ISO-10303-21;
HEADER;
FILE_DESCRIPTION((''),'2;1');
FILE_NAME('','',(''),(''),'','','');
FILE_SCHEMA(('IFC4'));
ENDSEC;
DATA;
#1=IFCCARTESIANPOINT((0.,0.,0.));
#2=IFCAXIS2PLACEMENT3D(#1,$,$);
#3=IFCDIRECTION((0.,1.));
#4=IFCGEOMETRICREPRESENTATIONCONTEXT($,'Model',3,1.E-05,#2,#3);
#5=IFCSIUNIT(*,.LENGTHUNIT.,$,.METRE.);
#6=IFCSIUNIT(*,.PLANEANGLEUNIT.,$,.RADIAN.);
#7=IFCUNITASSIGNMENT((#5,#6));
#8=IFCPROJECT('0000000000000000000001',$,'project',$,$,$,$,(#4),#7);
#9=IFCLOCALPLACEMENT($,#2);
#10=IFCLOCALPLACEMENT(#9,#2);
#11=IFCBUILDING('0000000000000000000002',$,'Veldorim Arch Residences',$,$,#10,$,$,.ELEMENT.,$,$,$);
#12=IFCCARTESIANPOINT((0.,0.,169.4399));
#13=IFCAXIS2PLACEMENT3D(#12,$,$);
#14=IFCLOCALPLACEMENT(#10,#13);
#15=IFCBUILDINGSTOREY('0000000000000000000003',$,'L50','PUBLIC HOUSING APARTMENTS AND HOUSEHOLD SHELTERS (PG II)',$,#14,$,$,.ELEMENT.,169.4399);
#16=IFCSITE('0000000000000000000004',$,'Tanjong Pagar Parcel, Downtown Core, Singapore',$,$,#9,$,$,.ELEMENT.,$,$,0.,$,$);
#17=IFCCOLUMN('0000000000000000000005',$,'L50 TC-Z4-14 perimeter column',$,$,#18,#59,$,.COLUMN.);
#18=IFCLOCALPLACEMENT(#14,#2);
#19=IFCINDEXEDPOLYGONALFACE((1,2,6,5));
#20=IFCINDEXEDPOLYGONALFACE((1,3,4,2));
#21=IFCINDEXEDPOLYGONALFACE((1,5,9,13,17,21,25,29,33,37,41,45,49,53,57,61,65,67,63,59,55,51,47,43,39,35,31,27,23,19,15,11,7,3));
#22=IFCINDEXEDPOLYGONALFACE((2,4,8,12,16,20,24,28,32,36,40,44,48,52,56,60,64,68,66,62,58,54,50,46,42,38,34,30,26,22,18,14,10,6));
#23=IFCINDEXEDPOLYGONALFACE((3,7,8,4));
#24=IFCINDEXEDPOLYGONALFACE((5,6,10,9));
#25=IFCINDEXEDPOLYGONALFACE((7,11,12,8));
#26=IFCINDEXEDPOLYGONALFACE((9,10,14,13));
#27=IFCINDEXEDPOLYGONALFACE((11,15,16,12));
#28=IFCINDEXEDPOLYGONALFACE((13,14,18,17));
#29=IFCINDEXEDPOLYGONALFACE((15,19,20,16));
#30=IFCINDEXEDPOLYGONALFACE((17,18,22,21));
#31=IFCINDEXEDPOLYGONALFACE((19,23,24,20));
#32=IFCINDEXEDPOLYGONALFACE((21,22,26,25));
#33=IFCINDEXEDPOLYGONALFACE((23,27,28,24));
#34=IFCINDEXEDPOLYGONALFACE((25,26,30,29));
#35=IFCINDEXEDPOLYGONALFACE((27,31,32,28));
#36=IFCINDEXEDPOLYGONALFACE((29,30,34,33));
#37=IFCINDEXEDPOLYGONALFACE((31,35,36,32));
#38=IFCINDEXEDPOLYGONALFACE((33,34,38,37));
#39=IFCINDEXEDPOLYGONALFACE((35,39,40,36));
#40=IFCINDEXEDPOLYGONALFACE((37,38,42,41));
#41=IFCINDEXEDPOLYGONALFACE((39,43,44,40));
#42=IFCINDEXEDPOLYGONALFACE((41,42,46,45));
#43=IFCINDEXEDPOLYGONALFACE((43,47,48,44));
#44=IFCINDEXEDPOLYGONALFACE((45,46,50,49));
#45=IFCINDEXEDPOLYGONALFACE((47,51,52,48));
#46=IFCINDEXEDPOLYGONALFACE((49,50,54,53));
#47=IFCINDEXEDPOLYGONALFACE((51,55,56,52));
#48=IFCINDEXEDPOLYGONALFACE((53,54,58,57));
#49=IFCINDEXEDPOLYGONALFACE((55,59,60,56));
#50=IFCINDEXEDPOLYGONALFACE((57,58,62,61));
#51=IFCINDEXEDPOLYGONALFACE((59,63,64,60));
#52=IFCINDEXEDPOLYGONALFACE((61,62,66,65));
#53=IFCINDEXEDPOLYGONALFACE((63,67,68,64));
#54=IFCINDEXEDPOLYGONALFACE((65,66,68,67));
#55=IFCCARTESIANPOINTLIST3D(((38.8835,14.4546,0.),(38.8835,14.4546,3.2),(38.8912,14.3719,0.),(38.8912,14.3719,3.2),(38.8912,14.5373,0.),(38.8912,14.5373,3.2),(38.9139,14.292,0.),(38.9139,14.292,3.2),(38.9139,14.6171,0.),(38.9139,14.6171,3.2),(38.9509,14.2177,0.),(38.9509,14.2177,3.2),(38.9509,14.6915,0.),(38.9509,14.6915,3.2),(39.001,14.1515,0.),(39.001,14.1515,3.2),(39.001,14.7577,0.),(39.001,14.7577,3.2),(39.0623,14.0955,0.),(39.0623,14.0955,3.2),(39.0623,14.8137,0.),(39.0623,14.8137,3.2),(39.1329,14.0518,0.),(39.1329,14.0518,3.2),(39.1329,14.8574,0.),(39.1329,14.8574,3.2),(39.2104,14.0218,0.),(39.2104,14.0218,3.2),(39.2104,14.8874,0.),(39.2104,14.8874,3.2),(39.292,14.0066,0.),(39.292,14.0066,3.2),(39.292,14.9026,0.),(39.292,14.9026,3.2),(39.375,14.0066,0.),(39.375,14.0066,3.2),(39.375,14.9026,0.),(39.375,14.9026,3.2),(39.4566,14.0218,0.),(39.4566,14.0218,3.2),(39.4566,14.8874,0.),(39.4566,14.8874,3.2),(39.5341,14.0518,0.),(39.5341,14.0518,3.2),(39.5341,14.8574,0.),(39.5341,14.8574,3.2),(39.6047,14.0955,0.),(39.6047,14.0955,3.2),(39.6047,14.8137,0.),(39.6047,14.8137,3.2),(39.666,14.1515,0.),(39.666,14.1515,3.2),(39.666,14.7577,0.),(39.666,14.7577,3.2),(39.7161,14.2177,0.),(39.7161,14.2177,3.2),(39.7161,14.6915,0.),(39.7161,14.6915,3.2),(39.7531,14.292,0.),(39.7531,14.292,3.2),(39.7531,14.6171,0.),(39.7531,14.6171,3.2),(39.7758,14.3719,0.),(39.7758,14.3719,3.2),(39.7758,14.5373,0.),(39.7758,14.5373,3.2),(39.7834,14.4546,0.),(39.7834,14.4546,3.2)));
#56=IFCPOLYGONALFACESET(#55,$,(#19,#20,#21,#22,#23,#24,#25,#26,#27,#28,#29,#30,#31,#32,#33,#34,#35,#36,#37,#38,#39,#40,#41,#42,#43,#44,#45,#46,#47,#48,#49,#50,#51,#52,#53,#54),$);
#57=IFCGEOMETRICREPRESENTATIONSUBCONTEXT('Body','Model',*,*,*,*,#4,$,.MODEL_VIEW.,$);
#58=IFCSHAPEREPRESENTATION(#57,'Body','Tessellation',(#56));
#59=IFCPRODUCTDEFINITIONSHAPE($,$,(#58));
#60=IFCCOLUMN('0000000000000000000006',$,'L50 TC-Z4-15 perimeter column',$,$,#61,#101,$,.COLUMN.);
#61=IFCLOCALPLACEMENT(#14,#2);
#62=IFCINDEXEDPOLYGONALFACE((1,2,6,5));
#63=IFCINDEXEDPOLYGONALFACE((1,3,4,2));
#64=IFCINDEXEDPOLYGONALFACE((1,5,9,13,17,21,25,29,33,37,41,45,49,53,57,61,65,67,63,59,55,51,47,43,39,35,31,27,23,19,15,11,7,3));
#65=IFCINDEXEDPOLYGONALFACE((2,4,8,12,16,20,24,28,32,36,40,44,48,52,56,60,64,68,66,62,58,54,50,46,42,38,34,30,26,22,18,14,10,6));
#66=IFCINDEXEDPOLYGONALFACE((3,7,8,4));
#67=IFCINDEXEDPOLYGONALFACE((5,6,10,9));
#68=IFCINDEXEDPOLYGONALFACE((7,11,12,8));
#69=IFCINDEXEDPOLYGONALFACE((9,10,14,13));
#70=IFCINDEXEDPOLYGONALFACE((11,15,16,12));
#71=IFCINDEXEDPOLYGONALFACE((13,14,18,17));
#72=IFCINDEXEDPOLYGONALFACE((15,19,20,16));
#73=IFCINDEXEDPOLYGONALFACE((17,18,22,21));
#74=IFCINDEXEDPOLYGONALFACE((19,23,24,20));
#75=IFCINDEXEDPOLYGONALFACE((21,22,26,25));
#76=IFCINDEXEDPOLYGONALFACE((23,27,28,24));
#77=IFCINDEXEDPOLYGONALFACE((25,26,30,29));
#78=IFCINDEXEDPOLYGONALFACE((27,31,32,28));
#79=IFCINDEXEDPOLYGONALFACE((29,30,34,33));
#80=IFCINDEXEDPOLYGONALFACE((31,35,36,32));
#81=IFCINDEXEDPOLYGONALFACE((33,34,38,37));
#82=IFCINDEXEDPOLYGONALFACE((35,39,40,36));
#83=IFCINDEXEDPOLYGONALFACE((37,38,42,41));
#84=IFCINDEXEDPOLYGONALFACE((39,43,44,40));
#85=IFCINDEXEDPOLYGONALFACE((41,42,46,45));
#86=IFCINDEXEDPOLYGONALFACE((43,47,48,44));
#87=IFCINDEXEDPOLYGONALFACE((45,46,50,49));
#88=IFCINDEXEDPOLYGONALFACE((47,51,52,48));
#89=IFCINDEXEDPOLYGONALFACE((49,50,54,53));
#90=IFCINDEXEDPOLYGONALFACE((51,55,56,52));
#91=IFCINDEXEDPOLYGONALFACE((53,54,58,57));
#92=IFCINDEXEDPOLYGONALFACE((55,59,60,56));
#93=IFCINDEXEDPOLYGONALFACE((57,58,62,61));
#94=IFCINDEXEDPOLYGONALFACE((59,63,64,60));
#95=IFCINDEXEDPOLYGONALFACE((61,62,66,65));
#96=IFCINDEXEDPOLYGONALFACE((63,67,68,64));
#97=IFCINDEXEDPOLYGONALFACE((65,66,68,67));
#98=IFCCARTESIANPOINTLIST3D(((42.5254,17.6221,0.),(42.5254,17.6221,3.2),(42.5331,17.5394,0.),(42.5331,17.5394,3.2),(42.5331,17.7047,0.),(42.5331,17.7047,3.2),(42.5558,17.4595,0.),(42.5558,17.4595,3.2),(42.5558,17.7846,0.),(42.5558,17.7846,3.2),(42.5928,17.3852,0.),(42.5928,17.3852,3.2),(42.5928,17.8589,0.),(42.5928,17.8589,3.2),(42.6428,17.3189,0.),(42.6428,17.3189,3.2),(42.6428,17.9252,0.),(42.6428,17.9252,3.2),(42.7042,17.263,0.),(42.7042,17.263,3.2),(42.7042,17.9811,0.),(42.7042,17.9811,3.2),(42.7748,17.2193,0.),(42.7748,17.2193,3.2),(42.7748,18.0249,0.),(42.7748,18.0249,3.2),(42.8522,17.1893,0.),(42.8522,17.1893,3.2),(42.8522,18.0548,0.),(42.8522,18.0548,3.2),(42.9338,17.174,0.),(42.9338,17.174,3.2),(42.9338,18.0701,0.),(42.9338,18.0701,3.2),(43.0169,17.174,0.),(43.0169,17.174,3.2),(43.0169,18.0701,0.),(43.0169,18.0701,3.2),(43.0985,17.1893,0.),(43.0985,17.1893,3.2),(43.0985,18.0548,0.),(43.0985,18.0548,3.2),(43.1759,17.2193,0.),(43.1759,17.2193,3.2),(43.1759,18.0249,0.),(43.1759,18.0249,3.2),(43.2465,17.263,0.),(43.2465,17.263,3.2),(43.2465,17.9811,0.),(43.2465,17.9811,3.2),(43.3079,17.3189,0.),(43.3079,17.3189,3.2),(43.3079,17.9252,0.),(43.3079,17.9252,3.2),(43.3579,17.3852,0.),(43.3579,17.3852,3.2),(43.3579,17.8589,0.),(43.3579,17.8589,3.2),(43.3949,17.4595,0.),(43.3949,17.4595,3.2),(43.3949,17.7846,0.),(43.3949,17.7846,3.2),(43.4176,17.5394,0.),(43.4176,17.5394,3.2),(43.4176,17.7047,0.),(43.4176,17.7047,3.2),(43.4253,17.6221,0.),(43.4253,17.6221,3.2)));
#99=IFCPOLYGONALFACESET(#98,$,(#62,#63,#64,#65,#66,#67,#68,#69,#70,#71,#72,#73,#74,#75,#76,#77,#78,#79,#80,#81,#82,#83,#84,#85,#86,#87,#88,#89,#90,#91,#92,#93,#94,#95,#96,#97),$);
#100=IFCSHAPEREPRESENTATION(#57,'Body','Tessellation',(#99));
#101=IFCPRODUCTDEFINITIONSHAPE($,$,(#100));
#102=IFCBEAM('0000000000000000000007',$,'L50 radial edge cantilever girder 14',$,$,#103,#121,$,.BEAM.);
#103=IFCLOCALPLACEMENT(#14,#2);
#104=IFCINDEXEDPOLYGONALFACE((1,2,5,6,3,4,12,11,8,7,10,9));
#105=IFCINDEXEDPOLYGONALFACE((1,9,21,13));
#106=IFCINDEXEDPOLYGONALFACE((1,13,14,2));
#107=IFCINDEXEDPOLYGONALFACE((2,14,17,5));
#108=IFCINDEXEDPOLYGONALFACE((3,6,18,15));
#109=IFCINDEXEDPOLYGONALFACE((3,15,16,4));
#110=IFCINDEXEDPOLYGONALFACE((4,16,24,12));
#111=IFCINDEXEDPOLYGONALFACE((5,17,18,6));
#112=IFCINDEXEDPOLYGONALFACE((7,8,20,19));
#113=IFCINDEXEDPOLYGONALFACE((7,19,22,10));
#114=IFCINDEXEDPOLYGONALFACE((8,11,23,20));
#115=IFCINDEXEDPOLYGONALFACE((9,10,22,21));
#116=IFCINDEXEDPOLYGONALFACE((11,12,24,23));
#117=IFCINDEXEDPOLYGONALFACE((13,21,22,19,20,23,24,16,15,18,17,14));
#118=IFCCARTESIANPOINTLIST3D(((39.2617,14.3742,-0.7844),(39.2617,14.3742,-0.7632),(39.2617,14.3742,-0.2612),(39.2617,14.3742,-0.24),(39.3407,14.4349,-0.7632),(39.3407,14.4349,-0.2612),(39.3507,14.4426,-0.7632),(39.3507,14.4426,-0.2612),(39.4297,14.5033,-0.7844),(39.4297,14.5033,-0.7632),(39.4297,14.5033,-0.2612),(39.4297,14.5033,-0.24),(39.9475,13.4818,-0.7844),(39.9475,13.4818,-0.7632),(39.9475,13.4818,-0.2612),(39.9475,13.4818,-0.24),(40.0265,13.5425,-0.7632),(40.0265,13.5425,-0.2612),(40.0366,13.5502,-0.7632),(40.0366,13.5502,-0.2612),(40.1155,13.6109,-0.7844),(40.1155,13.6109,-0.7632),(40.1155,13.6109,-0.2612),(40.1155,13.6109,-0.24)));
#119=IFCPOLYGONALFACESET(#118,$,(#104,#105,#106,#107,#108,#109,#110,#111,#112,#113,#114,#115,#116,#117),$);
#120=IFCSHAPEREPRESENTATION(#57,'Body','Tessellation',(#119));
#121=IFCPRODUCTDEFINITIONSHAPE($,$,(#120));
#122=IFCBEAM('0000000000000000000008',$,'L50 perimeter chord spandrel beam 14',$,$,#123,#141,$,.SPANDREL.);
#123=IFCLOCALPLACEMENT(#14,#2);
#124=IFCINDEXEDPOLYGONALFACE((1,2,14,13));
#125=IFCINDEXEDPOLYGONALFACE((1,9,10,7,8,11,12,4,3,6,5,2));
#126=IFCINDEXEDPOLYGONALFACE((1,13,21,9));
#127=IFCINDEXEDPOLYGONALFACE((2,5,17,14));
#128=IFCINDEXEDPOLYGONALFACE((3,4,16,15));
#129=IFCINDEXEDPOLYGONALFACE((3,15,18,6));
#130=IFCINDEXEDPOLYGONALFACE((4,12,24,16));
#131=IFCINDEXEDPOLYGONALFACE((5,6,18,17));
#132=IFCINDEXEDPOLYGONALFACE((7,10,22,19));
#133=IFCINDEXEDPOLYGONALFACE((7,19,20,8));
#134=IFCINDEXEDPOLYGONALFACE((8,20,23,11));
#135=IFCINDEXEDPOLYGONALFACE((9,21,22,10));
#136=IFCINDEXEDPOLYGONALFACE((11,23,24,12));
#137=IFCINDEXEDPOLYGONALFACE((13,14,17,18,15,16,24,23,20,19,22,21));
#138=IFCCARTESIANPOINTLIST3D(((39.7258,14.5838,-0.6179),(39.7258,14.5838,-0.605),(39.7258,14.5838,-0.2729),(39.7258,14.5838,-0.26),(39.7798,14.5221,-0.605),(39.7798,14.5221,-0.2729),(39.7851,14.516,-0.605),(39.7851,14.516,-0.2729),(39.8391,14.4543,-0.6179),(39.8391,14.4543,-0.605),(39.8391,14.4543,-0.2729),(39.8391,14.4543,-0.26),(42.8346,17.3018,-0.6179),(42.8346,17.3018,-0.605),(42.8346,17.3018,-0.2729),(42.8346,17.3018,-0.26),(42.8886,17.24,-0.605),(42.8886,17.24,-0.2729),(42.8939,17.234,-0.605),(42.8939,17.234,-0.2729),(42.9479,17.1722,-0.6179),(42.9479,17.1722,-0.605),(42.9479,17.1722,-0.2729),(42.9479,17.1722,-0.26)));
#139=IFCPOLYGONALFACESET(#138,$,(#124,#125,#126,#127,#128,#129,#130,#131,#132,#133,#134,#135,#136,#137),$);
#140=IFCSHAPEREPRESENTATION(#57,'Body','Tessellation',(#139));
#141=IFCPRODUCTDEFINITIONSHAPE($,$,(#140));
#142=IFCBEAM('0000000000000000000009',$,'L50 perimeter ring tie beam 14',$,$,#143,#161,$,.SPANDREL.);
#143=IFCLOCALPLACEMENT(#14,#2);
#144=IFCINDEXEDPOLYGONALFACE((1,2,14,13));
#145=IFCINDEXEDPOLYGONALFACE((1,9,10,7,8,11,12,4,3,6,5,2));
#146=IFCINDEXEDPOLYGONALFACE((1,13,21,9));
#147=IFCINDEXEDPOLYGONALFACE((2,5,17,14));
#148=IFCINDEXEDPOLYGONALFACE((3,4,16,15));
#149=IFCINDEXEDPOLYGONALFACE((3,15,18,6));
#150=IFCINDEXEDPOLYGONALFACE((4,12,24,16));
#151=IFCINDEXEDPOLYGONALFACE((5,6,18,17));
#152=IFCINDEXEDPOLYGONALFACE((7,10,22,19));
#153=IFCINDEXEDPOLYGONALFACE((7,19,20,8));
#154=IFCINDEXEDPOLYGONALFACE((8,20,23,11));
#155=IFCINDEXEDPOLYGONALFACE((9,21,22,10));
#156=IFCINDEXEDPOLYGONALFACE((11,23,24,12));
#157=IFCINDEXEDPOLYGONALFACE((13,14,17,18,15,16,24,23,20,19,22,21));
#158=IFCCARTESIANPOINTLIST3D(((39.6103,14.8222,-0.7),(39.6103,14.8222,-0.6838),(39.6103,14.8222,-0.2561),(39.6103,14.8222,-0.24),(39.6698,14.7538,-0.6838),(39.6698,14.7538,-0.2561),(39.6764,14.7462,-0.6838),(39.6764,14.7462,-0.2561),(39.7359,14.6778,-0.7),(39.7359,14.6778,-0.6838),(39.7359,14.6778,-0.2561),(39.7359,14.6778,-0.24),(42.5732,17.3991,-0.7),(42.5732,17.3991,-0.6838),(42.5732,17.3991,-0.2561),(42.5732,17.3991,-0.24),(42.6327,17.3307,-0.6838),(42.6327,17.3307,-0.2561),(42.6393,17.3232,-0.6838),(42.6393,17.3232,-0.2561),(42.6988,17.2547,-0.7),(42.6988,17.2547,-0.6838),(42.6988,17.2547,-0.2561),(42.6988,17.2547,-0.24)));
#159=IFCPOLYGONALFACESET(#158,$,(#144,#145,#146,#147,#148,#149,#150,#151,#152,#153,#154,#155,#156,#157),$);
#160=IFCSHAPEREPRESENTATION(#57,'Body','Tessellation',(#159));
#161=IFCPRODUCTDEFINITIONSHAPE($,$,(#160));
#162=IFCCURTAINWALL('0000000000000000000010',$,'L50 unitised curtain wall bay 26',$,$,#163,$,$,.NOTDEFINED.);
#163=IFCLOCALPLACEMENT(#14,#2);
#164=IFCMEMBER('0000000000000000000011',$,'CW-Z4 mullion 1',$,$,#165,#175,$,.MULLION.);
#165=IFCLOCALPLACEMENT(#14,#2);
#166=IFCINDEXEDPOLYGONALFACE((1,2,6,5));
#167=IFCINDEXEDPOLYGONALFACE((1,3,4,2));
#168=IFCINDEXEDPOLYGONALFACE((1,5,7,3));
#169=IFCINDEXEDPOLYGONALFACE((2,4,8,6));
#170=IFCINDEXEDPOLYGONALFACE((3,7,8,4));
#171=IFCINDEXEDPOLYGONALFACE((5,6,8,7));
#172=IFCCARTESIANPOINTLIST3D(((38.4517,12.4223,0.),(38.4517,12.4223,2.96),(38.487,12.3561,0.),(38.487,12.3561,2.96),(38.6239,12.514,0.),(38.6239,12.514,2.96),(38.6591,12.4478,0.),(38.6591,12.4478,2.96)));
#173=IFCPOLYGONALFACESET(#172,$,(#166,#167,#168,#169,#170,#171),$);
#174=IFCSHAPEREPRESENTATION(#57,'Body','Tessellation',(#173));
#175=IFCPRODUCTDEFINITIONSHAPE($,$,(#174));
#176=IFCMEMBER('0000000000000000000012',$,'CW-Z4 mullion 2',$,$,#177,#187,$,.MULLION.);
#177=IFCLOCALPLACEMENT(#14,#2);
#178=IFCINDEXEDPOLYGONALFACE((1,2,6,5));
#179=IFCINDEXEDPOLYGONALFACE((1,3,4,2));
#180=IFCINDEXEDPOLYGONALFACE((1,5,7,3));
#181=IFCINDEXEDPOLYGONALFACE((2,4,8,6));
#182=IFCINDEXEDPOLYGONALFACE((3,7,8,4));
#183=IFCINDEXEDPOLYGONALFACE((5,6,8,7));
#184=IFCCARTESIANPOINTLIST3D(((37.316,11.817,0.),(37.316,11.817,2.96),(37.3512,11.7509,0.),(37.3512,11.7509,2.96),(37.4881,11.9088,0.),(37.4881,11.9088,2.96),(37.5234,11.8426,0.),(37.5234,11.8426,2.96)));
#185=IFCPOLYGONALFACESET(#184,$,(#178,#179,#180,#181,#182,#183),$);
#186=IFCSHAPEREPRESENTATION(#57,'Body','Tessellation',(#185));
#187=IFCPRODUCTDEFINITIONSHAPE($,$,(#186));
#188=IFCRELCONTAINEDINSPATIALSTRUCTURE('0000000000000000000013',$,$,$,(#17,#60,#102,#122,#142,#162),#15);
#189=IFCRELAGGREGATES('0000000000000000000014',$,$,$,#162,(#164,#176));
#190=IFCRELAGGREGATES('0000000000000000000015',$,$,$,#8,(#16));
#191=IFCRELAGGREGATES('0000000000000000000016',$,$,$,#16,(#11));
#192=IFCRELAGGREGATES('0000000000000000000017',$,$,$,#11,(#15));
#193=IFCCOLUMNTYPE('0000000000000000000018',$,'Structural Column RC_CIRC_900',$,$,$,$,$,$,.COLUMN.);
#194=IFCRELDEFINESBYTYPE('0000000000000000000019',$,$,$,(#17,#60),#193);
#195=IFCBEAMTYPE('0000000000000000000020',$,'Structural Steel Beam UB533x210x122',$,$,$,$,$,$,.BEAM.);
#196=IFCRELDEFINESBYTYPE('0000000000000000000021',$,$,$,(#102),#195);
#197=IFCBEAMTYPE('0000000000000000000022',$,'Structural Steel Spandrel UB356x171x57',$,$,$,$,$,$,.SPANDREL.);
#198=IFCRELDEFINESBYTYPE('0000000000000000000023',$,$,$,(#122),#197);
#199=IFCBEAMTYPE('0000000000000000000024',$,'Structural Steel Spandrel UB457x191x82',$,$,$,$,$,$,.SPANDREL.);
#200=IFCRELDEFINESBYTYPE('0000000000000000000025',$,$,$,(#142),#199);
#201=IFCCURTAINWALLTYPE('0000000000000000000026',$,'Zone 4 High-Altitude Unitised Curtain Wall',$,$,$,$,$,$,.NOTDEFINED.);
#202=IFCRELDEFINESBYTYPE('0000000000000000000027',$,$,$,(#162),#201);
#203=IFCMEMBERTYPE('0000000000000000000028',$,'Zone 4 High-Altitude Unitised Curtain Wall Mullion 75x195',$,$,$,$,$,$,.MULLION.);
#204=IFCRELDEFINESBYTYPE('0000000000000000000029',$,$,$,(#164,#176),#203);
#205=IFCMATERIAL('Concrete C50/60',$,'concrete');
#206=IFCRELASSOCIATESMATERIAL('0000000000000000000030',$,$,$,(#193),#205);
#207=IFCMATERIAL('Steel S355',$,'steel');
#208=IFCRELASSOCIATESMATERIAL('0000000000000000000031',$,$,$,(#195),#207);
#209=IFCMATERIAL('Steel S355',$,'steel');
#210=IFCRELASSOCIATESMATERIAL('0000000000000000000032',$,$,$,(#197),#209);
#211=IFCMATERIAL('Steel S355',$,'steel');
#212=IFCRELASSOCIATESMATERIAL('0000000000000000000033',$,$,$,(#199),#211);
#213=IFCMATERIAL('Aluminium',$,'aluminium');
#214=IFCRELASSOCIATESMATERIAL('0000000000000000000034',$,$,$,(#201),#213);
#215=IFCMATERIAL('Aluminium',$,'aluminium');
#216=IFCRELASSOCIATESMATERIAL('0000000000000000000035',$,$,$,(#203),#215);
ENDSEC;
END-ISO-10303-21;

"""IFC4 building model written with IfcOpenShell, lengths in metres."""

from ifc_helpers import new_model, si_unit, direction, frame, origin, origin_2d, place, context, subcontext, project, spatial, rectangle, circle, i_section, extrude, material, material_profile, profile_set, type_object, element, aggregate, save


model = new_model("IFC4")

# Units and contexts
model_context = context("Model", 3, precision=1e-05, world=origin(), true_north=direction((0.0, 1.0)))
body_context = subcontext(model_context, "Body", "Model", "MODEL_VIEW")
ifc_project = project(units=[si_unit("LENGTHUNIT", "METRE"), si_unit("PLANEANGLEUNIT", "RADIAN")], contexts=[model_context])

# Site, building, storey
site_placement = place(None, origin())
site = spatial("IfcSite", under=ifc_project, at=site_placement, Name="Tanjong Pagar Parcel, Downtown Core, Singapore", CompositionType="ELEMENT", RefElevation=0.0)
building_placement = place(site_placement, origin())
building = spatial("IfcBuilding", under=site, at=building_placement, Name="Veldorim Arch Residences", CompositionType="ELEMENT")
storey_placement = place(building_placement, frame((0.0, 0.0, 169.4399)))
storey = spatial("IfcBuildingStorey", under=building, at=storey_placement, Name="L50", Description="PUBLIC HOUSING APARTMENTS AND HOUSEHOLD SHELTERS (PG II)", CompositionType="ELEMENT", Elevation=169.4399)

# Columns
ifc_material_1 = material(Name="Concrete C50/60", Category="concrete")
ifc_material_profile_1 = material_profile(ifc_material_1, circle(Radius=0.45, at=origin_2d()), Name="RC_CIRC_900")
ifc_profile_set_1 = profile_set([ifc_material_profile_1], Name="Concrete C50/60")
column_type = type_object("IfcColumnType", Name="Structural Column RC_CIRC_900", PredefinedType="COLUMN", material=ifc_profile_set_1)
for number, where, z_axis, x_axis, name in (
    (1, (39.3335, 14.4546, 0.0), (0.0, 0.0, 1.0), (1.0, 0.0, 0.0), "L50 TC-Z4-14 perimeter column"),
    (2, (42.9753, 17.6221, 0.0), (0.0, 0.0, 1.0), (1.0, 0.0, 0.0), "L50 TC-Z4-15 perimeter column"),
):
    element("IfcColumn", number, at=place(storey_placement, frame(where, z_axis=z_axis, x_axis=x_axis)), inside=storey, type_object=column_type, Name=name, PredefinedType="COLUMN", context=body_context, shape_type="SweptSolid", body=[
        extrude(circle(Radius=0.45, at=origin_2d()), origin(), (0.0, 0.0, 1.0), 3.2),
    ])

# Beams
ifc_material_2 = material(Name="Steel S355", Category="steel")
ifc_material_profile_2 = material_profile(ifc_material_2, i_section(OverallWidth=0.2119, OverallDepth=0.5444, WebThickness=0.0127, FlangeThickness=0.0212, at=origin_2d()), Name="UB533x210x122")
ifc_profile_set_2 = profile_set([ifc_material_profile_2], Name="Steel S355")
beam_type_1 = type_object("IfcBeamType", Name="Structural Steel Beam UB533x210x122", PredefinedType="BEAM", material=ifc_profile_set_2)
beam_1_placement = place(storey_placement, frame((39.3457, 14.4387, -0.5122), z_axis=(0.609365, -0.79289, 0.0), x_axis=(0.79289, 0.609365, 0.0)))
element("IfcBeam", 3, at=beam_1_placement, inside=storey, type_object=beam_type_1, Name="L50 radial edge cantilever girder 14", PredefinedType="BEAM", context=body_context, shape_type="SweptSolid", body=[
    extrude(i_section(OverallWidth=0.2119, OverallDepth=0.5444, WebThickness=0.0127, FlangeThickness=0.0212, at=origin_2d()), origin(), (0.0, 0.0, 1.0), 1.1255),
])
ifc_material_3 = material(Name="Steel S355", Category="steel")
ifc_material_profile_3 = material_profile(ifc_material_3, i_section(OverallWidth=0.1721, OverallDepth=0.3579, WebThickness=0.0081, FlangeThickness=0.0129, at=origin_2d()), Name="UB356x171x57")
ifc_profile_set_3 = profile_set([ifc_material_profile_3], Name="Steel S355")
beam_type_2 = type_object("IfcBeamType", Name="Structural Steel Spandrel UB356x171x57", PredefinedType="SPANDREL", material=ifc_profile_set_3)
beam_2_placement = place(storey_placement, frame((39.7825, 14.519, -0.439), z_axis=(0.752848, 0.658195, 0.0), x_axis=(-0.658195, 0.752848, 0.0)))
element("IfcBeam", 4, at=beam_2_placement, inside=storey, type_object=beam_type_2, Name="L50 perimeter chord spandrel beam 14", PredefinedType="SPANDREL", context=body_context, shape_type="SweptSolid", body=[
    extrude(i_section(OverallWidth=0.1721, OverallDepth=0.3579, WebThickness=0.0081, FlangeThickness=0.0129, at=origin_2d()), origin(), (0.0, 0.0, 1.0), 4.1294),
])
ifc_material_4 = material(Name="Steel S355", Category="steel")
ifc_material_profile_4 = material_profile(ifc_material_4, i_section(OverallWidth=0.1914, OverallDepth=0.46, WebThickness=0.01, FlangeThickness=0.0161, at=origin_2d()), Name="UB457x191x82")
ifc_profile_set_4 = profile_set([ifc_material_profile_4], Name="Steel S355")
beam_type_3 = type_object("IfcBeamType", Name="Structural Steel Spandrel UB457x191x82", PredefinedType="SPANDREL", material=ifc_profile_set_4)
beam_3_placement = place(storey_placement, frame((39.6731, 14.75, -0.47), z_axis=(0.754545, 0.656248, 0.0), x_axis=(-0.656248, 0.754545, 0.0)))
element("IfcBeam", 5, at=beam_3_placement, inside=storey, type_object=beam_type_3, Name="L50 perimeter ring tie beam 14", PredefinedType="SPANDREL", context=body_context, shape_type="SweptSolid", body=[
    extrude(i_section(OverallWidth=0.1914, OverallDepth=0.46, WebThickness=0.01, FlangeThickness=0.0161, at=origin_2d()), origin(), (0.0, 0.0, 1.0), 3.9268),
])

# Curtain wall, members
ifc_material_5 = material(Name="Aluminium", Category="aluminium")
curtain_wall_type = type_object("IfcCurtainWallType", Name="Zone 4 High-Altitude Unitised Curtain Wall", PredefinedType="NOTDEFINED", material=ifc_material_5)
curtain_wall_placement = place(storey_placement, origin())
curtain_wall = element("IfcCurtainWall", 6, at=curtain_wall_placement, inside=storey, type_object=curtain_wall_type, Name="L50 unitised curtain wall bay 26", PredefinedType="NOTDEFINED")
ifc_material_6 = material(Name="Aluminium", Category="aluminium")
ifc_material_profile_5 = material_profile(ifc_material_6, rectangle(XDim=0.075, YDim=0.1951, at=origin_2d()), Name="ALU_MUL_75x195")
ifc_profile_set_5 = profile_set([ifc_material_profile_5], Name="Aluminium")
member_type_1 = type_object("IfcMemberType", Name="Zone 4 High-Altitude Unitised Curtain Wall Mullion 75x195", PredefinedType="MULLION", material=ifc_profile_set_5)
member_1_placement = place(storey_placement, frame((38.5554, 12.4351, 0.0), z_axis=(0.0, 0.0, 1.0), x_axis=(0.470186, -0.882567, 0.0)))
member_1 = element("IfcMember", 7, at=member_1_placement, type_object=member_type_1, Name="CW-Z4 mullion 1", PredefinedType="MULLION", context=body_context, shape_type="SweptSolid", body=[
    extrude(rectangle(XDim=0.075, YDim=0.1951, at=origin_2d()), origin(), (0.0, 0.0, 1.0), 2.96),
])
member_2_placement = place(storey_placement, frame((37.4197, 11.8298, 0.0), z_axis=(0.0, 0.0, 1.0), x_axis=(0.470186, -0.882567, 0.0)))
member_2 = element("IfcMember", 8, at=member_2_placement, type_object=member_type_1, Name="CW-Z4 mullion 2", PredefinedType="MULLION", context=body_context, shape_type="SweptSolid", body=[
    extrude(rectangle(XDim=0.075, YDim=0.1951, at=origin_2d()), origin(), (0.0, 0.0, 1.0), 2.96),
])
aggregate(curtain_wall, [member_1, member_2])

save(model, "model.ifc")
